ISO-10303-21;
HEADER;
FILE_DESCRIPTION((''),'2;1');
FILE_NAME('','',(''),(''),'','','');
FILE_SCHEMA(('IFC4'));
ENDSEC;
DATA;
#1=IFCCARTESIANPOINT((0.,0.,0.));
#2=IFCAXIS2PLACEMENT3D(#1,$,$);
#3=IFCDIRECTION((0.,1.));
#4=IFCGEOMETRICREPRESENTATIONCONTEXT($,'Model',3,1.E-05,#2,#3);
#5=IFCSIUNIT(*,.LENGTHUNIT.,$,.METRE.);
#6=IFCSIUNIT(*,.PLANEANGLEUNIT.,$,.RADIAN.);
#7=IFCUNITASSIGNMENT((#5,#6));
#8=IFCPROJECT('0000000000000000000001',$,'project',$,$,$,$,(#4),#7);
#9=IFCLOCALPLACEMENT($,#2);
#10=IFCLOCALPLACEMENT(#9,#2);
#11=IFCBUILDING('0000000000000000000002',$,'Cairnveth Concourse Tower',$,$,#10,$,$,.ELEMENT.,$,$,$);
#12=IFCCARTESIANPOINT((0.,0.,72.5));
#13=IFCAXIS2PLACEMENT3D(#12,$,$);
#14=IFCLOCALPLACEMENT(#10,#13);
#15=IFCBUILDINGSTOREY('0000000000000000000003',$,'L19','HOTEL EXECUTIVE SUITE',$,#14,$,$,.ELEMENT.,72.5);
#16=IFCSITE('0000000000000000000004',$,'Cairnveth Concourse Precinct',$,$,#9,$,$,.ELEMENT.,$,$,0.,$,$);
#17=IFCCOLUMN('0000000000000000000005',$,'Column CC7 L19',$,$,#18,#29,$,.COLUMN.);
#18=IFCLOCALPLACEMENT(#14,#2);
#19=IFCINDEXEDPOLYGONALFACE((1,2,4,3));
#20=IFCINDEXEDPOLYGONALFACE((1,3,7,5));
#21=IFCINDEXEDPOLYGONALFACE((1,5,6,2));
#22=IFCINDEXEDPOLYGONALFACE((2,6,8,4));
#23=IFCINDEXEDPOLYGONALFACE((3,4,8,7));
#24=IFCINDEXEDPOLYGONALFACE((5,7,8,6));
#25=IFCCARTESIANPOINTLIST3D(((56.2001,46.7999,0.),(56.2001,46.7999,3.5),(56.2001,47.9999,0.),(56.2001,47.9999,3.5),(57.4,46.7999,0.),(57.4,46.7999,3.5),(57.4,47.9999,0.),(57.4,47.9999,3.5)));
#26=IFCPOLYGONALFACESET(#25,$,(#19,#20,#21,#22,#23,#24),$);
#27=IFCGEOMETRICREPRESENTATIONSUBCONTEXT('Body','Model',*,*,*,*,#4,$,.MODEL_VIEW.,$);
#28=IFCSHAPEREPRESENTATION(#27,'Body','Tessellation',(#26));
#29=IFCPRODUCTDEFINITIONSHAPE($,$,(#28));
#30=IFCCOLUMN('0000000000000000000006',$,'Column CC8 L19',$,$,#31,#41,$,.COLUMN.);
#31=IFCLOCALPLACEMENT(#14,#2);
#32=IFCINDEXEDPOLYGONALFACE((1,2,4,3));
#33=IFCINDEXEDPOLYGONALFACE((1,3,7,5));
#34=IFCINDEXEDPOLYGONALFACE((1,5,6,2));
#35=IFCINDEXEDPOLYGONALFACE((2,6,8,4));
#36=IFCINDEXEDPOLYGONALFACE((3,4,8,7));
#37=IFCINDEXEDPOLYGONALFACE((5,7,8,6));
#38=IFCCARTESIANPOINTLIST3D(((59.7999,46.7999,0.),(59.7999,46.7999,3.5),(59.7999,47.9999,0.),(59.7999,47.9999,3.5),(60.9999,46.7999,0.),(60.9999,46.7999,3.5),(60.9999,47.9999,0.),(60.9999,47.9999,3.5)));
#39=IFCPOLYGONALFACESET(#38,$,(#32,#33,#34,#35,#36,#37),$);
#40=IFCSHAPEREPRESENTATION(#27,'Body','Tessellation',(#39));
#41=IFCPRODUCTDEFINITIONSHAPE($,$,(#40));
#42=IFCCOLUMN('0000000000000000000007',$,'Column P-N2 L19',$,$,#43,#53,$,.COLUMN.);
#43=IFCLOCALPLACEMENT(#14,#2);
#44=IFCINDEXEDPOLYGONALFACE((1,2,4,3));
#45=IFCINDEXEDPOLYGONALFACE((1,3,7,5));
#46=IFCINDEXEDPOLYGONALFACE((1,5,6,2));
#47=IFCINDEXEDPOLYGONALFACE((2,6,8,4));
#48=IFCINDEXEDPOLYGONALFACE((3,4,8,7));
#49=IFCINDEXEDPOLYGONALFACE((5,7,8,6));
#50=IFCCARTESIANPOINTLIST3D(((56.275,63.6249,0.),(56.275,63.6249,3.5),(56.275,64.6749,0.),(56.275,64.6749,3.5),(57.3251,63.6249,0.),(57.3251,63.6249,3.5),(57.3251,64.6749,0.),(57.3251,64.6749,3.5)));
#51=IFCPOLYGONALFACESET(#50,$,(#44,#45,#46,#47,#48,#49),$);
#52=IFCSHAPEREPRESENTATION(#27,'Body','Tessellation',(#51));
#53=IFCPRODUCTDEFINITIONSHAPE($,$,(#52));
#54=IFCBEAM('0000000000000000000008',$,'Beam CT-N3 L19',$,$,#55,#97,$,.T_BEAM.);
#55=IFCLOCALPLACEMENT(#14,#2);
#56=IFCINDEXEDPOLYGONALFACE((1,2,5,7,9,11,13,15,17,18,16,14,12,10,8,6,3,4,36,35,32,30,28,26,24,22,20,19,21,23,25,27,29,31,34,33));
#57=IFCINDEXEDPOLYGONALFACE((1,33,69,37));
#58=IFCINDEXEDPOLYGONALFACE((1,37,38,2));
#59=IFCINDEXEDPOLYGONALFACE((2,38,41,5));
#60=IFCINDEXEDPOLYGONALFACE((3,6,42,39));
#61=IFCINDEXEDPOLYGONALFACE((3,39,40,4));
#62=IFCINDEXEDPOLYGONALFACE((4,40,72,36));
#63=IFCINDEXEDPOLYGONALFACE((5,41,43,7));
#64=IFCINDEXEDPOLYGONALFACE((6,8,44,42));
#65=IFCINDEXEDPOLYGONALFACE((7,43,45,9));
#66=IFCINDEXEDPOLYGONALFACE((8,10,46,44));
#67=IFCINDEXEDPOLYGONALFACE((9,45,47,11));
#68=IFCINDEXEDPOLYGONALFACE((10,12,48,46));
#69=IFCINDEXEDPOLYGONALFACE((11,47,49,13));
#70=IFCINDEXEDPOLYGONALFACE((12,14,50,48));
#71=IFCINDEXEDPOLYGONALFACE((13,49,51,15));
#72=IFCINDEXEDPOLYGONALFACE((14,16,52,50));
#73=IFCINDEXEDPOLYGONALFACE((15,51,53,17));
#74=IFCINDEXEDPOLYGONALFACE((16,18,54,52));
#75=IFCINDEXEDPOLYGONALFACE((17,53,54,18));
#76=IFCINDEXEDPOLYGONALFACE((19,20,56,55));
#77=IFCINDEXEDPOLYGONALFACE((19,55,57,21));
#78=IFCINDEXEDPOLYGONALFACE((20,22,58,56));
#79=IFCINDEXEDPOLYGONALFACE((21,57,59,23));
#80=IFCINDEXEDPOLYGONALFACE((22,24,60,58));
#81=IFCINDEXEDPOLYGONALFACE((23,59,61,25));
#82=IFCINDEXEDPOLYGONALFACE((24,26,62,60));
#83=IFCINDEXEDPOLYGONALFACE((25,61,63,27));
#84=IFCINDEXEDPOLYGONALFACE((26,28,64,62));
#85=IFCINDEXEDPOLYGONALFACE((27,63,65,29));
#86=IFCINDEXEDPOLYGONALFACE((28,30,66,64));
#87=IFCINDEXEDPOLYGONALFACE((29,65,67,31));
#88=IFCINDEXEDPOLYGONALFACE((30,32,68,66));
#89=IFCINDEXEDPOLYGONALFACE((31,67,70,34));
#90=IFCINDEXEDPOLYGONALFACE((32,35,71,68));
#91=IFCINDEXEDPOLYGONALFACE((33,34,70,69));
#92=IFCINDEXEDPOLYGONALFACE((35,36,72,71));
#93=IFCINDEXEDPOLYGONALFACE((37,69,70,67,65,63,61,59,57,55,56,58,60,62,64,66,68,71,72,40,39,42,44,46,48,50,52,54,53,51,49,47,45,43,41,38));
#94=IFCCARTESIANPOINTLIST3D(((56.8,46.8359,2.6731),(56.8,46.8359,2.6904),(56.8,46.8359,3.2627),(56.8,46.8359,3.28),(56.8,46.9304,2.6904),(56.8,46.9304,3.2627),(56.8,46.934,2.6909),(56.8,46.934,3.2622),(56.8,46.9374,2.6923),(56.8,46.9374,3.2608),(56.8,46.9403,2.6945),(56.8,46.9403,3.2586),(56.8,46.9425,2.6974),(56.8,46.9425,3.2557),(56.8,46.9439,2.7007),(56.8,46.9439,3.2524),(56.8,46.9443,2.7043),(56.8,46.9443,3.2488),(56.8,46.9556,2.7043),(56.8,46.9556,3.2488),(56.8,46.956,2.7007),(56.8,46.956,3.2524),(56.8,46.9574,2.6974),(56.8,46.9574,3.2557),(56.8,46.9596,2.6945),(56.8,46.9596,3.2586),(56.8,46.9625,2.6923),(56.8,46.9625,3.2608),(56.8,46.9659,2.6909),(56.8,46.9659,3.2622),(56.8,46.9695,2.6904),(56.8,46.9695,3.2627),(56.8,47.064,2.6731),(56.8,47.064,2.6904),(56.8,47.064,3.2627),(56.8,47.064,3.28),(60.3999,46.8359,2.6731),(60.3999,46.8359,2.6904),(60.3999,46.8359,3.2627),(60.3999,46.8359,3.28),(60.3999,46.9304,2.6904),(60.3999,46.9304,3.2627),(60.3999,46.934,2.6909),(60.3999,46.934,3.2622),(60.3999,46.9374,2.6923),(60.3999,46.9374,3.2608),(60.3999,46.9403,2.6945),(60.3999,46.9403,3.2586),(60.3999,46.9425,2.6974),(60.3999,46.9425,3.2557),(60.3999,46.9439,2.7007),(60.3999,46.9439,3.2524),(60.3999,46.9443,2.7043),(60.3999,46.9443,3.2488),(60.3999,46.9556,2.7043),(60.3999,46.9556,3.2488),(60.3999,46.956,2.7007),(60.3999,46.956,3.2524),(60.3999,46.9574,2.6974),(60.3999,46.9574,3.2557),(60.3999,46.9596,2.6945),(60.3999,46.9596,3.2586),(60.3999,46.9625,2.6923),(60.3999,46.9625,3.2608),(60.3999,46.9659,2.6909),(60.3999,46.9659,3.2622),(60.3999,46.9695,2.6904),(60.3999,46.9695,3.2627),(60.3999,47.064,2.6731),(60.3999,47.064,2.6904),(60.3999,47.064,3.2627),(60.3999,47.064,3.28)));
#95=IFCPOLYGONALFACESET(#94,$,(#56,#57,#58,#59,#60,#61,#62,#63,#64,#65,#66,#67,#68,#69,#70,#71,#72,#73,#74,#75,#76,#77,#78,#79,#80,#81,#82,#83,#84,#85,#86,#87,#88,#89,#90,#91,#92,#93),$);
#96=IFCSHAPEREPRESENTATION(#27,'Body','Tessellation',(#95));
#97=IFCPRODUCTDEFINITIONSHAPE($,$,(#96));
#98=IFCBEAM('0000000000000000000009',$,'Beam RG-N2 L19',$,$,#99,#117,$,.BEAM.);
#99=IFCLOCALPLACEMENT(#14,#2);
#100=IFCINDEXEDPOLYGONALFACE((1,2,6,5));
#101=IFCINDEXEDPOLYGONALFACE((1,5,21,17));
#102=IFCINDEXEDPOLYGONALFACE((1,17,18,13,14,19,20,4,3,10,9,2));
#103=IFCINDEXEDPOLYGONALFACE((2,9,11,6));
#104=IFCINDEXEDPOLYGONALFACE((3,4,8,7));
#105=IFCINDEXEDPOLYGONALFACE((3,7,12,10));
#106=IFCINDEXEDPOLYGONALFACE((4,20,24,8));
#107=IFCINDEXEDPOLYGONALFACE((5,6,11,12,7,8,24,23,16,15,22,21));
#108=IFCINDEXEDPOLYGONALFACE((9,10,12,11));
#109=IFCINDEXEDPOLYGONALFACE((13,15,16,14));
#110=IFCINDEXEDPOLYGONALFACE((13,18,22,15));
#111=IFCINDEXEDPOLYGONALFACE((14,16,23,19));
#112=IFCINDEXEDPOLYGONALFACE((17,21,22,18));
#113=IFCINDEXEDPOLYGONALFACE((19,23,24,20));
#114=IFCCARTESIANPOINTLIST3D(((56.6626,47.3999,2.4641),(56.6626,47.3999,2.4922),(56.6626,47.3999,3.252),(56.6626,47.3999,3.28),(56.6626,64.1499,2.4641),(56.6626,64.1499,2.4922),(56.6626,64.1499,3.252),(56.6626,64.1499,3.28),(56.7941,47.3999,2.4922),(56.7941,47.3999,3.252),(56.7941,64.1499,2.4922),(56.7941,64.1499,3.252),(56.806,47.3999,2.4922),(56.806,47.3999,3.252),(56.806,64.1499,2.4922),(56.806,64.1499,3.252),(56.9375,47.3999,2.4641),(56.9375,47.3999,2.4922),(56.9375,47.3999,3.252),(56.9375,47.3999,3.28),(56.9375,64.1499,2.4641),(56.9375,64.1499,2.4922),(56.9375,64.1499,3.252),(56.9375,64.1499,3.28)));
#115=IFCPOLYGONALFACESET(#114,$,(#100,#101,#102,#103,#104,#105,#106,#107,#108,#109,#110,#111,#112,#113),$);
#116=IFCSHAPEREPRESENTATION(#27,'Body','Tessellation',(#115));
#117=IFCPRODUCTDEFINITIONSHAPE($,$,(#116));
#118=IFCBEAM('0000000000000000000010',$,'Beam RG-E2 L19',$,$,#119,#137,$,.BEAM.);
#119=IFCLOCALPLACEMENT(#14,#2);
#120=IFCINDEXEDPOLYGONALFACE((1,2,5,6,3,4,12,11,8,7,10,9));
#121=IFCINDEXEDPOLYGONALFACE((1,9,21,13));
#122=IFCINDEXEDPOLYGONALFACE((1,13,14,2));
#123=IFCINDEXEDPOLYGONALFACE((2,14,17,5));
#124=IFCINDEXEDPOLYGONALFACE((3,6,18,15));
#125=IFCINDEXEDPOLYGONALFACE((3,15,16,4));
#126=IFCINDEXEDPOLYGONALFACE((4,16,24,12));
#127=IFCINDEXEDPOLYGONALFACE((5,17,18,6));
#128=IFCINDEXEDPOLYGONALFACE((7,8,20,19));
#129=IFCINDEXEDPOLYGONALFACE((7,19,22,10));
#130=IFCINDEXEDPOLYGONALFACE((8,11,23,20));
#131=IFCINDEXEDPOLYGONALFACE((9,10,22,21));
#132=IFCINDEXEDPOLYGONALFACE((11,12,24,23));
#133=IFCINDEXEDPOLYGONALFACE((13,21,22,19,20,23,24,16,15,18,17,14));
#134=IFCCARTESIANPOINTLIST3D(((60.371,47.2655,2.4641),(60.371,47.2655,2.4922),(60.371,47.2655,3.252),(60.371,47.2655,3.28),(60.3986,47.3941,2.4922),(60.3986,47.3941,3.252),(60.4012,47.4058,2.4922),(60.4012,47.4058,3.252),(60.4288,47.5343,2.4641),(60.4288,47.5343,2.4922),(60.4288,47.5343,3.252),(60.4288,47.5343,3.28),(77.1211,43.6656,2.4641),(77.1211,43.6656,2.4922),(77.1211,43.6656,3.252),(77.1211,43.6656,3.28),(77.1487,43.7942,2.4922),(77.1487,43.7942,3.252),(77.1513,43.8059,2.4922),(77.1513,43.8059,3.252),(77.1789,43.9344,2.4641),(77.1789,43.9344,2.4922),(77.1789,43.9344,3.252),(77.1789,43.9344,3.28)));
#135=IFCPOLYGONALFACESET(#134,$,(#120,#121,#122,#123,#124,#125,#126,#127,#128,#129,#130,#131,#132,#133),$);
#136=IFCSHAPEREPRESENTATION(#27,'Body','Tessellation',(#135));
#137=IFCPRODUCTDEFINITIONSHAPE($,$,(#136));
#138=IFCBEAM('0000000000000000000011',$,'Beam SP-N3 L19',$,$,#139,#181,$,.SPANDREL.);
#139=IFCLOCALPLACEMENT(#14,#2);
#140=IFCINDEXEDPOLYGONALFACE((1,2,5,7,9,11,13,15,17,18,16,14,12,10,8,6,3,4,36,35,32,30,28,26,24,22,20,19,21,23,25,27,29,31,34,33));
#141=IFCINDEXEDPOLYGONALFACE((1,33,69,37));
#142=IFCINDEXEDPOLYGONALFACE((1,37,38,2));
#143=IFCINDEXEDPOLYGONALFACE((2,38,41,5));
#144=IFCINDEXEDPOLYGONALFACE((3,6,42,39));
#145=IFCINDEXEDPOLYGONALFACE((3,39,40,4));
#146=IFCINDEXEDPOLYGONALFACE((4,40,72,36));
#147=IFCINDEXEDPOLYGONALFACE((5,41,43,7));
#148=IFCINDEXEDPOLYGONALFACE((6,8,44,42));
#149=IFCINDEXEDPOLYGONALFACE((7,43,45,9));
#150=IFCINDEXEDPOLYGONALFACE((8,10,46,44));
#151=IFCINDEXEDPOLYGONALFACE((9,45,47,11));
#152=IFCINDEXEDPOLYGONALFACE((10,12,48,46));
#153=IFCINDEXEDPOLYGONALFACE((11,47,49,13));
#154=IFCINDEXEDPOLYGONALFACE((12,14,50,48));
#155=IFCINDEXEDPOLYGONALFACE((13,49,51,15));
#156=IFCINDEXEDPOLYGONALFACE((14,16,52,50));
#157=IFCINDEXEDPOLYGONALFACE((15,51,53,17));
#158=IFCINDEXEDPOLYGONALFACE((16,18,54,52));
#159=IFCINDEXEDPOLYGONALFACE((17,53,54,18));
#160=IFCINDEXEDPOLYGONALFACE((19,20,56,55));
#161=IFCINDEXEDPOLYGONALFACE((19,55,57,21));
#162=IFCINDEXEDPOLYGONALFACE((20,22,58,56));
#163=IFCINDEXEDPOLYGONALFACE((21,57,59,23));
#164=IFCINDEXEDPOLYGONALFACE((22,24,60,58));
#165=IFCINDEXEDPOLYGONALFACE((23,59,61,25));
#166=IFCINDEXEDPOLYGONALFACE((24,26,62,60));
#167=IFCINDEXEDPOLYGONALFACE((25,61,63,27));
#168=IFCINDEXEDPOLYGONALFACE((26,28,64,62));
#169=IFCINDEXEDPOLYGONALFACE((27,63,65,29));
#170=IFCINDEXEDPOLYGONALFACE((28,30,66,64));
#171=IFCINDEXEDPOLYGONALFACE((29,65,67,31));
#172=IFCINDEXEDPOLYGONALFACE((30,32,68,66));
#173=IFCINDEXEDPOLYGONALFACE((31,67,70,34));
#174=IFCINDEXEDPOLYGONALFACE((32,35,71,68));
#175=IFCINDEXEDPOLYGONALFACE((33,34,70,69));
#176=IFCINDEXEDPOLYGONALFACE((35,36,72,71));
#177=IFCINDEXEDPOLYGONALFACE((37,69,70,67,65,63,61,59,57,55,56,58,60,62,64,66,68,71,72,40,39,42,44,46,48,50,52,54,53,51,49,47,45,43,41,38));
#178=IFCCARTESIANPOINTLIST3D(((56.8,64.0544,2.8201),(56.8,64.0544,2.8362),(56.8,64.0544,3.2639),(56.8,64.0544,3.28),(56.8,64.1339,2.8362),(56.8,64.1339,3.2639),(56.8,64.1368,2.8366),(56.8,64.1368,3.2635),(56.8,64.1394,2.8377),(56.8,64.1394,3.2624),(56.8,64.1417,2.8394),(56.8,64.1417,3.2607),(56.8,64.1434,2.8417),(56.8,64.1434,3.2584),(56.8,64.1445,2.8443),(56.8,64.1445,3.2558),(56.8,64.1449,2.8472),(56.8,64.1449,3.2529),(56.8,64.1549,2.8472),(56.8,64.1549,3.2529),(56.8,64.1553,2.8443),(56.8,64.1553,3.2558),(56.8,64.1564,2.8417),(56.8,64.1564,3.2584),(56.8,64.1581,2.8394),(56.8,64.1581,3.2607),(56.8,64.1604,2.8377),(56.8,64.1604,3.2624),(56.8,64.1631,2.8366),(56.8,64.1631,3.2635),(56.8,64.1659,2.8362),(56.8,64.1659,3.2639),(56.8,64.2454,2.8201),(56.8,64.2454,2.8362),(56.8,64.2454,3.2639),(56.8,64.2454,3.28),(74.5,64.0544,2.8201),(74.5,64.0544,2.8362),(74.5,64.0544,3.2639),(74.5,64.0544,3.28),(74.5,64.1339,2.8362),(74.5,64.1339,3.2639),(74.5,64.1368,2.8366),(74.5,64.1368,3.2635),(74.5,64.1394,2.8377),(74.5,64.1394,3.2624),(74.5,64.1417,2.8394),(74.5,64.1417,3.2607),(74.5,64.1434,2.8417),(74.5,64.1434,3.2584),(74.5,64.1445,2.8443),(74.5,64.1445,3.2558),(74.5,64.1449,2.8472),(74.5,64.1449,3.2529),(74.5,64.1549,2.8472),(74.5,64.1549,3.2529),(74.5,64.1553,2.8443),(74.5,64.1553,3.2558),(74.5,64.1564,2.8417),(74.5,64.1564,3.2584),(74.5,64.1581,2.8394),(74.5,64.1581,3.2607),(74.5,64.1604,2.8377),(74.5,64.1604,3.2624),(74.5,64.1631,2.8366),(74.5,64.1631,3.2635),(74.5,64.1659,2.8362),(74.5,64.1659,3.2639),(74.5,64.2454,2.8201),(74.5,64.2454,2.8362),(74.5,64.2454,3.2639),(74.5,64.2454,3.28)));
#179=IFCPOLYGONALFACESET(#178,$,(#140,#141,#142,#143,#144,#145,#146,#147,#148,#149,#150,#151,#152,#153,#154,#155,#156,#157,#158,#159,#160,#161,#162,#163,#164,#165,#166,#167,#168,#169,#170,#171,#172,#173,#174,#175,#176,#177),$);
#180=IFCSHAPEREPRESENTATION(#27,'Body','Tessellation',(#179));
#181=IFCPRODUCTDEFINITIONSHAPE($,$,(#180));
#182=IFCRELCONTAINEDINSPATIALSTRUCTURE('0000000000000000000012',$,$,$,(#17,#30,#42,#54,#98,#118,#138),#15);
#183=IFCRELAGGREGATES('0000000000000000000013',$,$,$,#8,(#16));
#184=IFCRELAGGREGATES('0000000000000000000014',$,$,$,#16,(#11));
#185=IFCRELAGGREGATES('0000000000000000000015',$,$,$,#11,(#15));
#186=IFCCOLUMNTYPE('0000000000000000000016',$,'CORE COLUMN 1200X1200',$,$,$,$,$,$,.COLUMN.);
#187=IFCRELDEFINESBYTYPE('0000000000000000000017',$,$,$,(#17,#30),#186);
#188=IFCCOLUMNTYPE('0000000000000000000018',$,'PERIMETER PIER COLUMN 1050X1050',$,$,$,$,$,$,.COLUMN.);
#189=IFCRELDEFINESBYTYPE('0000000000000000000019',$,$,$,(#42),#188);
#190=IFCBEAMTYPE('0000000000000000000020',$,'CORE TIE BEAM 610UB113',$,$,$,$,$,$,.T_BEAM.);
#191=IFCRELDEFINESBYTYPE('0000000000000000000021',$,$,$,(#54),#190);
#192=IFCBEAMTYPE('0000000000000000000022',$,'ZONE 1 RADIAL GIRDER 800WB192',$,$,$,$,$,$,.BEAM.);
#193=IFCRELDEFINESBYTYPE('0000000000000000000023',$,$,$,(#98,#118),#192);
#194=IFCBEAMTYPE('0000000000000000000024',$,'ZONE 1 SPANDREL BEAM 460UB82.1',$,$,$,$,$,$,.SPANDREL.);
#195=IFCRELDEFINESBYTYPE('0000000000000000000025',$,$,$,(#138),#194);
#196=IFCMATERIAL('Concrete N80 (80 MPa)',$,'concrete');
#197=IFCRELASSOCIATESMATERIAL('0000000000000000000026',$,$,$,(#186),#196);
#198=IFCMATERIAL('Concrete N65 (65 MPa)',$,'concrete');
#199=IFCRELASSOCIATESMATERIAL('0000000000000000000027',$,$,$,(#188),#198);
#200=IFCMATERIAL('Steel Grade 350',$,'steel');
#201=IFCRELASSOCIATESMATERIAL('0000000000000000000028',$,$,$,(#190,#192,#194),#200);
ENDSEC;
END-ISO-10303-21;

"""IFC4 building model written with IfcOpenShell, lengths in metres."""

from ifc_helpers import new_model, si_unit, direction, frame, origin, origin_2d, place, context, subcontext, project, spatial, rectangle, i_section, extrude, material, material_profile, profile_set, type_object, element, save


model = new_model("IFC4")

# Units and contexts
model_context = context("Model", 3, precision=1e-05, world=origin(), true_north=direction((0.0, 1.0)))
body_context = subcontext(model_context, "Body", "Model", "MODEL_VIEW")
ifc_project = project(units=[si_unit("LENGTHUNIT", "METRE"), si_unit("PLANEANGLEUNIT", "RADIAN")], contexts=[model_context])

# Site, building, storey
site_placement = place(None, origin())
site = spatial("IfcSite", under=ifc_project, at=site_placement, Name="Cairnveth Concourse Precinct", CompositionType="ELEMENT", RefElevation=0.0)
building_placement = place(site_placement, origin())
building = spatial("IfcBuilding", under=site, at=building_placement, Name="Cairnveth Concourse Tower", CompositionType="ELEMENT")
storey_placement = place(building_placement, frame((0.0, 0.0, 72.5)))
storey = spatial("IfcBuildingStorey", under=building, at=storey_placement, Name="L19", Description="HOTEL EXECUTIVE SUITE", CompositionType="ELEMENT", Elevation=72.5)

# Columns
ifc_material_1 = material(Name="Concrete N80 (80 MPa)", Category="concrete")
ifc_material_profile_1 = material_profile(ifc_material_1, rectangle(XDim=1.2, YDim=1.2, at=origin_2d()), Name="RC-COL-1200x1200")
ifc_profile_set_1 = profile_set([ifc_material_profile_1], Name="Concrete N80 (80 MPa)")
column_type_1 = type_object("IfcColumnType", Name="CORE COLUMN 1200X1200", PredefinedType="COLUMN", material=ifc_profile_set_1)
for number, where, z_axis, x_axis, name in (
    (1, (56.8, 47.3999, 0.0), (0.0, 0.0, 1.0), (1.0, 0.0, 0.0), "Column CC7 L19"),
    (2, (60.3999, 47.3999, 0.0), (0.0, 0.0, 1.0), (1.0, 0.0, 0.0), "Column CC8 L19"),
):
    element("IfcColumn", number, at=place(storey_placement, frame(where, z_axis=z_axis, x_axis=x_axis)), inside=storey, type_object=column_type_1, Name=name, PredefinedType="COLUMN", context=body_context, shape_type="SweptSolid", body=[
        extrude(rectangle(XDim=1.2, YDim=1.2, at=origin_2d()), origin(), (0.0, 0.0, 1.0), 3.5),
    ])
ifc_material_2 = material(Name="Concrete N65 (65 MPa)", Category="concrete")
ifc_material_profile_2 = material_profile(ifc_material_2, rectangle(XDim=1.05, YDim=1.05, at=origin_2d()), Name="RC-COL-1050x1050")
ifc_profile_set_2 = profile_set([ifc_material_profile_2], Name="Concrete N65 (65 MPa)")
column_type_2 = type_object("IfcColumnType", Name="PERIMETER PIER COLUMN 1050X1050", PredefinedType="COLUMN", material=ifc_profile_set_2)
column_placement = place(storey_placement, frame((56.8, 64.1499, 0.0), z_axis=(0.0, 0.0, 1.0), x_axis=(1.0, 0.0, 0.0)))
element("IfcColumn", 3, at=column_placement, inside=storey, type_object=column_type_2, Name="Column P-N2 L19", PredefinedType="COLUMN", context=body_context, shape_type="SweptSolid", body=[
    extrude(rectangle(XDim=1.05, YDim=1.05, at=origin_2d()), origin(), (0.0, 0.0, 1.0), 3.5),
])

# Beams
ifc_material_3 = material(Name="Steel Grade 350", Category="steel")
ifc_material_profile_3 = material_profile(ifc_material_3, i_section(OverallWidth=0.228, OverallDepth=0.6069, WebThickness=0.0112, FlangeThickness=0.0173, FilletRadius=0.0139, at=origin_2d()), Name="610UB113")
ifc_profile_set_3 = profile_set([ifc_material_profile_3], Name="Steel Grade 350")
beam_type_1 = type_object("IfcBeamType", Name="CORE TIE BEAM 610UB113", PredefinedType="T_BEAM", material=ifc_profile_set_3)
beam_1_placement = place(storey_placement, frame((56.8, 46.95, 2.9766), z_axis=(1.0, 0.0, 0.0), x_axis=(0.0, 1.0, 0.0)))
element("IfcBeam", 4, at=beam_1_placement, inside=storey, type_object=beam_type_1, Name="Beam CT-N3 L19", PredefinedType="T_BEAM", context=body_context, shape_type="SweptSolid", body=[
    extrude(i_section(OverallWidth=0.228, OverallDepth=0.6069, WebThickness=0.0112, FlangeThickness=0.0173, FilletRadius=0.0139, at=origin_2d()), origin(), (0.0, 0.0, 1.0), 3.5999),
])
ifc_material_profile_4 = material_profile(ifc_material_3, i_section(OverallWidth=0.2749, OverallDepth=0.8159, WebThickness=0.012, FlangeThickness=0.0281, at=origin_2d()), Name="800WB192")
ifc_profile_set_4 = profile_set([ifc_material_profile_4], Name="Steel Grade 350")
beam_type_2 = type_object("IfcBeamType", Name="ZONE 1 RADIAL GIRDER 800WB192", PredefinedType="BEAM", material=ifc_profile_set_4)
beam_2_placement = place(storey_placement, frame((56.8, 47.3999, 2.8721), z_axis=(0.0, 1.0, 0.0), x_axis=(-1.0, 0.0, 0.0)))
element("IfcBeam", 5, at=beam_2_placement, inside=storey, type_object=beam_type_2, Name="Beam RG-N2 L19", PredefinedType="BEAM", context=body_context, shape_type="SweptSolid", body=[
    extrude(i_section(OverallWidth=0.2749, OverallDepth=0.8159, WebThickness=0.012, FlangeThickness=0.0281, at=origin_2d()), origin(), (0.0, 0.0, 1.0), 16.75),
])
beam_3_placement = place(storey_placement, frame((60.3999, 47.3999, 2.8721), z_axis=(0.977676, -0.210119, 0.0), x_axis=(0.210119, 0.977676, 0.0)))
element("IfcBeam", 6, at=beam_3_placement, inside=storey, type_object=beam_type_2, Name="Beam RG-E2 L19", PredefinedType="BEAM", context=body_context, shape_type="SweptSolid", body=[
    extrude(i_section(OverallWidth=0.2749, OverallDepth=0.8159, WebThickness=0.012, FlangeThickness=0.0281, at=origin_2d()), origin(), (0.0, 0.0, 1.0), 17.1326),
])
ifc_material_profile_5 = material_profile(ifc_material_3, i_section(OverallWidth=0.1909, OverallDepth=0.46, WebThickness=0.01, FlangeThickness=0.0161, FilletRadius=0.011, at=origin_2d()), Name="460UB82.1")
ifc_profile_set_5 = profile_set([ifc_material_profile_5], Name="Steel Grade 350")
beam_type_3 = type_object("IfcBeamType", Name="ZONE 1 SPANDREL BEAM 460UB82.1", PredefinedType="SPANDREL", material=ifc_profile_set_5)
beam_4_placement = place(storey_placement, frame((56.8, 64.1499, 3.05), z_axis=(1.0, 0.0, 0.0), x_axis=(0.0, 1.0, 0.0)))
element("IfcBeam", 7, at=beam_4_placement, inside=storey, type_object=beam_type_3, Name="Beam SP-N3 L19", PredefinedType="SPANDREL", context=body_context, shape_type="SweptSolid", body=[
    extrude(i_section(OverallWidth=0.1909, OverallDepth=0.46, WebThickness=0.01, FlangeThickness=0.0161, FilletRadius=0.011, at=origin_2d()), origin(), (0.0, 0.0, 1.0), 17.7),
])

save(model, "model.ifc")
